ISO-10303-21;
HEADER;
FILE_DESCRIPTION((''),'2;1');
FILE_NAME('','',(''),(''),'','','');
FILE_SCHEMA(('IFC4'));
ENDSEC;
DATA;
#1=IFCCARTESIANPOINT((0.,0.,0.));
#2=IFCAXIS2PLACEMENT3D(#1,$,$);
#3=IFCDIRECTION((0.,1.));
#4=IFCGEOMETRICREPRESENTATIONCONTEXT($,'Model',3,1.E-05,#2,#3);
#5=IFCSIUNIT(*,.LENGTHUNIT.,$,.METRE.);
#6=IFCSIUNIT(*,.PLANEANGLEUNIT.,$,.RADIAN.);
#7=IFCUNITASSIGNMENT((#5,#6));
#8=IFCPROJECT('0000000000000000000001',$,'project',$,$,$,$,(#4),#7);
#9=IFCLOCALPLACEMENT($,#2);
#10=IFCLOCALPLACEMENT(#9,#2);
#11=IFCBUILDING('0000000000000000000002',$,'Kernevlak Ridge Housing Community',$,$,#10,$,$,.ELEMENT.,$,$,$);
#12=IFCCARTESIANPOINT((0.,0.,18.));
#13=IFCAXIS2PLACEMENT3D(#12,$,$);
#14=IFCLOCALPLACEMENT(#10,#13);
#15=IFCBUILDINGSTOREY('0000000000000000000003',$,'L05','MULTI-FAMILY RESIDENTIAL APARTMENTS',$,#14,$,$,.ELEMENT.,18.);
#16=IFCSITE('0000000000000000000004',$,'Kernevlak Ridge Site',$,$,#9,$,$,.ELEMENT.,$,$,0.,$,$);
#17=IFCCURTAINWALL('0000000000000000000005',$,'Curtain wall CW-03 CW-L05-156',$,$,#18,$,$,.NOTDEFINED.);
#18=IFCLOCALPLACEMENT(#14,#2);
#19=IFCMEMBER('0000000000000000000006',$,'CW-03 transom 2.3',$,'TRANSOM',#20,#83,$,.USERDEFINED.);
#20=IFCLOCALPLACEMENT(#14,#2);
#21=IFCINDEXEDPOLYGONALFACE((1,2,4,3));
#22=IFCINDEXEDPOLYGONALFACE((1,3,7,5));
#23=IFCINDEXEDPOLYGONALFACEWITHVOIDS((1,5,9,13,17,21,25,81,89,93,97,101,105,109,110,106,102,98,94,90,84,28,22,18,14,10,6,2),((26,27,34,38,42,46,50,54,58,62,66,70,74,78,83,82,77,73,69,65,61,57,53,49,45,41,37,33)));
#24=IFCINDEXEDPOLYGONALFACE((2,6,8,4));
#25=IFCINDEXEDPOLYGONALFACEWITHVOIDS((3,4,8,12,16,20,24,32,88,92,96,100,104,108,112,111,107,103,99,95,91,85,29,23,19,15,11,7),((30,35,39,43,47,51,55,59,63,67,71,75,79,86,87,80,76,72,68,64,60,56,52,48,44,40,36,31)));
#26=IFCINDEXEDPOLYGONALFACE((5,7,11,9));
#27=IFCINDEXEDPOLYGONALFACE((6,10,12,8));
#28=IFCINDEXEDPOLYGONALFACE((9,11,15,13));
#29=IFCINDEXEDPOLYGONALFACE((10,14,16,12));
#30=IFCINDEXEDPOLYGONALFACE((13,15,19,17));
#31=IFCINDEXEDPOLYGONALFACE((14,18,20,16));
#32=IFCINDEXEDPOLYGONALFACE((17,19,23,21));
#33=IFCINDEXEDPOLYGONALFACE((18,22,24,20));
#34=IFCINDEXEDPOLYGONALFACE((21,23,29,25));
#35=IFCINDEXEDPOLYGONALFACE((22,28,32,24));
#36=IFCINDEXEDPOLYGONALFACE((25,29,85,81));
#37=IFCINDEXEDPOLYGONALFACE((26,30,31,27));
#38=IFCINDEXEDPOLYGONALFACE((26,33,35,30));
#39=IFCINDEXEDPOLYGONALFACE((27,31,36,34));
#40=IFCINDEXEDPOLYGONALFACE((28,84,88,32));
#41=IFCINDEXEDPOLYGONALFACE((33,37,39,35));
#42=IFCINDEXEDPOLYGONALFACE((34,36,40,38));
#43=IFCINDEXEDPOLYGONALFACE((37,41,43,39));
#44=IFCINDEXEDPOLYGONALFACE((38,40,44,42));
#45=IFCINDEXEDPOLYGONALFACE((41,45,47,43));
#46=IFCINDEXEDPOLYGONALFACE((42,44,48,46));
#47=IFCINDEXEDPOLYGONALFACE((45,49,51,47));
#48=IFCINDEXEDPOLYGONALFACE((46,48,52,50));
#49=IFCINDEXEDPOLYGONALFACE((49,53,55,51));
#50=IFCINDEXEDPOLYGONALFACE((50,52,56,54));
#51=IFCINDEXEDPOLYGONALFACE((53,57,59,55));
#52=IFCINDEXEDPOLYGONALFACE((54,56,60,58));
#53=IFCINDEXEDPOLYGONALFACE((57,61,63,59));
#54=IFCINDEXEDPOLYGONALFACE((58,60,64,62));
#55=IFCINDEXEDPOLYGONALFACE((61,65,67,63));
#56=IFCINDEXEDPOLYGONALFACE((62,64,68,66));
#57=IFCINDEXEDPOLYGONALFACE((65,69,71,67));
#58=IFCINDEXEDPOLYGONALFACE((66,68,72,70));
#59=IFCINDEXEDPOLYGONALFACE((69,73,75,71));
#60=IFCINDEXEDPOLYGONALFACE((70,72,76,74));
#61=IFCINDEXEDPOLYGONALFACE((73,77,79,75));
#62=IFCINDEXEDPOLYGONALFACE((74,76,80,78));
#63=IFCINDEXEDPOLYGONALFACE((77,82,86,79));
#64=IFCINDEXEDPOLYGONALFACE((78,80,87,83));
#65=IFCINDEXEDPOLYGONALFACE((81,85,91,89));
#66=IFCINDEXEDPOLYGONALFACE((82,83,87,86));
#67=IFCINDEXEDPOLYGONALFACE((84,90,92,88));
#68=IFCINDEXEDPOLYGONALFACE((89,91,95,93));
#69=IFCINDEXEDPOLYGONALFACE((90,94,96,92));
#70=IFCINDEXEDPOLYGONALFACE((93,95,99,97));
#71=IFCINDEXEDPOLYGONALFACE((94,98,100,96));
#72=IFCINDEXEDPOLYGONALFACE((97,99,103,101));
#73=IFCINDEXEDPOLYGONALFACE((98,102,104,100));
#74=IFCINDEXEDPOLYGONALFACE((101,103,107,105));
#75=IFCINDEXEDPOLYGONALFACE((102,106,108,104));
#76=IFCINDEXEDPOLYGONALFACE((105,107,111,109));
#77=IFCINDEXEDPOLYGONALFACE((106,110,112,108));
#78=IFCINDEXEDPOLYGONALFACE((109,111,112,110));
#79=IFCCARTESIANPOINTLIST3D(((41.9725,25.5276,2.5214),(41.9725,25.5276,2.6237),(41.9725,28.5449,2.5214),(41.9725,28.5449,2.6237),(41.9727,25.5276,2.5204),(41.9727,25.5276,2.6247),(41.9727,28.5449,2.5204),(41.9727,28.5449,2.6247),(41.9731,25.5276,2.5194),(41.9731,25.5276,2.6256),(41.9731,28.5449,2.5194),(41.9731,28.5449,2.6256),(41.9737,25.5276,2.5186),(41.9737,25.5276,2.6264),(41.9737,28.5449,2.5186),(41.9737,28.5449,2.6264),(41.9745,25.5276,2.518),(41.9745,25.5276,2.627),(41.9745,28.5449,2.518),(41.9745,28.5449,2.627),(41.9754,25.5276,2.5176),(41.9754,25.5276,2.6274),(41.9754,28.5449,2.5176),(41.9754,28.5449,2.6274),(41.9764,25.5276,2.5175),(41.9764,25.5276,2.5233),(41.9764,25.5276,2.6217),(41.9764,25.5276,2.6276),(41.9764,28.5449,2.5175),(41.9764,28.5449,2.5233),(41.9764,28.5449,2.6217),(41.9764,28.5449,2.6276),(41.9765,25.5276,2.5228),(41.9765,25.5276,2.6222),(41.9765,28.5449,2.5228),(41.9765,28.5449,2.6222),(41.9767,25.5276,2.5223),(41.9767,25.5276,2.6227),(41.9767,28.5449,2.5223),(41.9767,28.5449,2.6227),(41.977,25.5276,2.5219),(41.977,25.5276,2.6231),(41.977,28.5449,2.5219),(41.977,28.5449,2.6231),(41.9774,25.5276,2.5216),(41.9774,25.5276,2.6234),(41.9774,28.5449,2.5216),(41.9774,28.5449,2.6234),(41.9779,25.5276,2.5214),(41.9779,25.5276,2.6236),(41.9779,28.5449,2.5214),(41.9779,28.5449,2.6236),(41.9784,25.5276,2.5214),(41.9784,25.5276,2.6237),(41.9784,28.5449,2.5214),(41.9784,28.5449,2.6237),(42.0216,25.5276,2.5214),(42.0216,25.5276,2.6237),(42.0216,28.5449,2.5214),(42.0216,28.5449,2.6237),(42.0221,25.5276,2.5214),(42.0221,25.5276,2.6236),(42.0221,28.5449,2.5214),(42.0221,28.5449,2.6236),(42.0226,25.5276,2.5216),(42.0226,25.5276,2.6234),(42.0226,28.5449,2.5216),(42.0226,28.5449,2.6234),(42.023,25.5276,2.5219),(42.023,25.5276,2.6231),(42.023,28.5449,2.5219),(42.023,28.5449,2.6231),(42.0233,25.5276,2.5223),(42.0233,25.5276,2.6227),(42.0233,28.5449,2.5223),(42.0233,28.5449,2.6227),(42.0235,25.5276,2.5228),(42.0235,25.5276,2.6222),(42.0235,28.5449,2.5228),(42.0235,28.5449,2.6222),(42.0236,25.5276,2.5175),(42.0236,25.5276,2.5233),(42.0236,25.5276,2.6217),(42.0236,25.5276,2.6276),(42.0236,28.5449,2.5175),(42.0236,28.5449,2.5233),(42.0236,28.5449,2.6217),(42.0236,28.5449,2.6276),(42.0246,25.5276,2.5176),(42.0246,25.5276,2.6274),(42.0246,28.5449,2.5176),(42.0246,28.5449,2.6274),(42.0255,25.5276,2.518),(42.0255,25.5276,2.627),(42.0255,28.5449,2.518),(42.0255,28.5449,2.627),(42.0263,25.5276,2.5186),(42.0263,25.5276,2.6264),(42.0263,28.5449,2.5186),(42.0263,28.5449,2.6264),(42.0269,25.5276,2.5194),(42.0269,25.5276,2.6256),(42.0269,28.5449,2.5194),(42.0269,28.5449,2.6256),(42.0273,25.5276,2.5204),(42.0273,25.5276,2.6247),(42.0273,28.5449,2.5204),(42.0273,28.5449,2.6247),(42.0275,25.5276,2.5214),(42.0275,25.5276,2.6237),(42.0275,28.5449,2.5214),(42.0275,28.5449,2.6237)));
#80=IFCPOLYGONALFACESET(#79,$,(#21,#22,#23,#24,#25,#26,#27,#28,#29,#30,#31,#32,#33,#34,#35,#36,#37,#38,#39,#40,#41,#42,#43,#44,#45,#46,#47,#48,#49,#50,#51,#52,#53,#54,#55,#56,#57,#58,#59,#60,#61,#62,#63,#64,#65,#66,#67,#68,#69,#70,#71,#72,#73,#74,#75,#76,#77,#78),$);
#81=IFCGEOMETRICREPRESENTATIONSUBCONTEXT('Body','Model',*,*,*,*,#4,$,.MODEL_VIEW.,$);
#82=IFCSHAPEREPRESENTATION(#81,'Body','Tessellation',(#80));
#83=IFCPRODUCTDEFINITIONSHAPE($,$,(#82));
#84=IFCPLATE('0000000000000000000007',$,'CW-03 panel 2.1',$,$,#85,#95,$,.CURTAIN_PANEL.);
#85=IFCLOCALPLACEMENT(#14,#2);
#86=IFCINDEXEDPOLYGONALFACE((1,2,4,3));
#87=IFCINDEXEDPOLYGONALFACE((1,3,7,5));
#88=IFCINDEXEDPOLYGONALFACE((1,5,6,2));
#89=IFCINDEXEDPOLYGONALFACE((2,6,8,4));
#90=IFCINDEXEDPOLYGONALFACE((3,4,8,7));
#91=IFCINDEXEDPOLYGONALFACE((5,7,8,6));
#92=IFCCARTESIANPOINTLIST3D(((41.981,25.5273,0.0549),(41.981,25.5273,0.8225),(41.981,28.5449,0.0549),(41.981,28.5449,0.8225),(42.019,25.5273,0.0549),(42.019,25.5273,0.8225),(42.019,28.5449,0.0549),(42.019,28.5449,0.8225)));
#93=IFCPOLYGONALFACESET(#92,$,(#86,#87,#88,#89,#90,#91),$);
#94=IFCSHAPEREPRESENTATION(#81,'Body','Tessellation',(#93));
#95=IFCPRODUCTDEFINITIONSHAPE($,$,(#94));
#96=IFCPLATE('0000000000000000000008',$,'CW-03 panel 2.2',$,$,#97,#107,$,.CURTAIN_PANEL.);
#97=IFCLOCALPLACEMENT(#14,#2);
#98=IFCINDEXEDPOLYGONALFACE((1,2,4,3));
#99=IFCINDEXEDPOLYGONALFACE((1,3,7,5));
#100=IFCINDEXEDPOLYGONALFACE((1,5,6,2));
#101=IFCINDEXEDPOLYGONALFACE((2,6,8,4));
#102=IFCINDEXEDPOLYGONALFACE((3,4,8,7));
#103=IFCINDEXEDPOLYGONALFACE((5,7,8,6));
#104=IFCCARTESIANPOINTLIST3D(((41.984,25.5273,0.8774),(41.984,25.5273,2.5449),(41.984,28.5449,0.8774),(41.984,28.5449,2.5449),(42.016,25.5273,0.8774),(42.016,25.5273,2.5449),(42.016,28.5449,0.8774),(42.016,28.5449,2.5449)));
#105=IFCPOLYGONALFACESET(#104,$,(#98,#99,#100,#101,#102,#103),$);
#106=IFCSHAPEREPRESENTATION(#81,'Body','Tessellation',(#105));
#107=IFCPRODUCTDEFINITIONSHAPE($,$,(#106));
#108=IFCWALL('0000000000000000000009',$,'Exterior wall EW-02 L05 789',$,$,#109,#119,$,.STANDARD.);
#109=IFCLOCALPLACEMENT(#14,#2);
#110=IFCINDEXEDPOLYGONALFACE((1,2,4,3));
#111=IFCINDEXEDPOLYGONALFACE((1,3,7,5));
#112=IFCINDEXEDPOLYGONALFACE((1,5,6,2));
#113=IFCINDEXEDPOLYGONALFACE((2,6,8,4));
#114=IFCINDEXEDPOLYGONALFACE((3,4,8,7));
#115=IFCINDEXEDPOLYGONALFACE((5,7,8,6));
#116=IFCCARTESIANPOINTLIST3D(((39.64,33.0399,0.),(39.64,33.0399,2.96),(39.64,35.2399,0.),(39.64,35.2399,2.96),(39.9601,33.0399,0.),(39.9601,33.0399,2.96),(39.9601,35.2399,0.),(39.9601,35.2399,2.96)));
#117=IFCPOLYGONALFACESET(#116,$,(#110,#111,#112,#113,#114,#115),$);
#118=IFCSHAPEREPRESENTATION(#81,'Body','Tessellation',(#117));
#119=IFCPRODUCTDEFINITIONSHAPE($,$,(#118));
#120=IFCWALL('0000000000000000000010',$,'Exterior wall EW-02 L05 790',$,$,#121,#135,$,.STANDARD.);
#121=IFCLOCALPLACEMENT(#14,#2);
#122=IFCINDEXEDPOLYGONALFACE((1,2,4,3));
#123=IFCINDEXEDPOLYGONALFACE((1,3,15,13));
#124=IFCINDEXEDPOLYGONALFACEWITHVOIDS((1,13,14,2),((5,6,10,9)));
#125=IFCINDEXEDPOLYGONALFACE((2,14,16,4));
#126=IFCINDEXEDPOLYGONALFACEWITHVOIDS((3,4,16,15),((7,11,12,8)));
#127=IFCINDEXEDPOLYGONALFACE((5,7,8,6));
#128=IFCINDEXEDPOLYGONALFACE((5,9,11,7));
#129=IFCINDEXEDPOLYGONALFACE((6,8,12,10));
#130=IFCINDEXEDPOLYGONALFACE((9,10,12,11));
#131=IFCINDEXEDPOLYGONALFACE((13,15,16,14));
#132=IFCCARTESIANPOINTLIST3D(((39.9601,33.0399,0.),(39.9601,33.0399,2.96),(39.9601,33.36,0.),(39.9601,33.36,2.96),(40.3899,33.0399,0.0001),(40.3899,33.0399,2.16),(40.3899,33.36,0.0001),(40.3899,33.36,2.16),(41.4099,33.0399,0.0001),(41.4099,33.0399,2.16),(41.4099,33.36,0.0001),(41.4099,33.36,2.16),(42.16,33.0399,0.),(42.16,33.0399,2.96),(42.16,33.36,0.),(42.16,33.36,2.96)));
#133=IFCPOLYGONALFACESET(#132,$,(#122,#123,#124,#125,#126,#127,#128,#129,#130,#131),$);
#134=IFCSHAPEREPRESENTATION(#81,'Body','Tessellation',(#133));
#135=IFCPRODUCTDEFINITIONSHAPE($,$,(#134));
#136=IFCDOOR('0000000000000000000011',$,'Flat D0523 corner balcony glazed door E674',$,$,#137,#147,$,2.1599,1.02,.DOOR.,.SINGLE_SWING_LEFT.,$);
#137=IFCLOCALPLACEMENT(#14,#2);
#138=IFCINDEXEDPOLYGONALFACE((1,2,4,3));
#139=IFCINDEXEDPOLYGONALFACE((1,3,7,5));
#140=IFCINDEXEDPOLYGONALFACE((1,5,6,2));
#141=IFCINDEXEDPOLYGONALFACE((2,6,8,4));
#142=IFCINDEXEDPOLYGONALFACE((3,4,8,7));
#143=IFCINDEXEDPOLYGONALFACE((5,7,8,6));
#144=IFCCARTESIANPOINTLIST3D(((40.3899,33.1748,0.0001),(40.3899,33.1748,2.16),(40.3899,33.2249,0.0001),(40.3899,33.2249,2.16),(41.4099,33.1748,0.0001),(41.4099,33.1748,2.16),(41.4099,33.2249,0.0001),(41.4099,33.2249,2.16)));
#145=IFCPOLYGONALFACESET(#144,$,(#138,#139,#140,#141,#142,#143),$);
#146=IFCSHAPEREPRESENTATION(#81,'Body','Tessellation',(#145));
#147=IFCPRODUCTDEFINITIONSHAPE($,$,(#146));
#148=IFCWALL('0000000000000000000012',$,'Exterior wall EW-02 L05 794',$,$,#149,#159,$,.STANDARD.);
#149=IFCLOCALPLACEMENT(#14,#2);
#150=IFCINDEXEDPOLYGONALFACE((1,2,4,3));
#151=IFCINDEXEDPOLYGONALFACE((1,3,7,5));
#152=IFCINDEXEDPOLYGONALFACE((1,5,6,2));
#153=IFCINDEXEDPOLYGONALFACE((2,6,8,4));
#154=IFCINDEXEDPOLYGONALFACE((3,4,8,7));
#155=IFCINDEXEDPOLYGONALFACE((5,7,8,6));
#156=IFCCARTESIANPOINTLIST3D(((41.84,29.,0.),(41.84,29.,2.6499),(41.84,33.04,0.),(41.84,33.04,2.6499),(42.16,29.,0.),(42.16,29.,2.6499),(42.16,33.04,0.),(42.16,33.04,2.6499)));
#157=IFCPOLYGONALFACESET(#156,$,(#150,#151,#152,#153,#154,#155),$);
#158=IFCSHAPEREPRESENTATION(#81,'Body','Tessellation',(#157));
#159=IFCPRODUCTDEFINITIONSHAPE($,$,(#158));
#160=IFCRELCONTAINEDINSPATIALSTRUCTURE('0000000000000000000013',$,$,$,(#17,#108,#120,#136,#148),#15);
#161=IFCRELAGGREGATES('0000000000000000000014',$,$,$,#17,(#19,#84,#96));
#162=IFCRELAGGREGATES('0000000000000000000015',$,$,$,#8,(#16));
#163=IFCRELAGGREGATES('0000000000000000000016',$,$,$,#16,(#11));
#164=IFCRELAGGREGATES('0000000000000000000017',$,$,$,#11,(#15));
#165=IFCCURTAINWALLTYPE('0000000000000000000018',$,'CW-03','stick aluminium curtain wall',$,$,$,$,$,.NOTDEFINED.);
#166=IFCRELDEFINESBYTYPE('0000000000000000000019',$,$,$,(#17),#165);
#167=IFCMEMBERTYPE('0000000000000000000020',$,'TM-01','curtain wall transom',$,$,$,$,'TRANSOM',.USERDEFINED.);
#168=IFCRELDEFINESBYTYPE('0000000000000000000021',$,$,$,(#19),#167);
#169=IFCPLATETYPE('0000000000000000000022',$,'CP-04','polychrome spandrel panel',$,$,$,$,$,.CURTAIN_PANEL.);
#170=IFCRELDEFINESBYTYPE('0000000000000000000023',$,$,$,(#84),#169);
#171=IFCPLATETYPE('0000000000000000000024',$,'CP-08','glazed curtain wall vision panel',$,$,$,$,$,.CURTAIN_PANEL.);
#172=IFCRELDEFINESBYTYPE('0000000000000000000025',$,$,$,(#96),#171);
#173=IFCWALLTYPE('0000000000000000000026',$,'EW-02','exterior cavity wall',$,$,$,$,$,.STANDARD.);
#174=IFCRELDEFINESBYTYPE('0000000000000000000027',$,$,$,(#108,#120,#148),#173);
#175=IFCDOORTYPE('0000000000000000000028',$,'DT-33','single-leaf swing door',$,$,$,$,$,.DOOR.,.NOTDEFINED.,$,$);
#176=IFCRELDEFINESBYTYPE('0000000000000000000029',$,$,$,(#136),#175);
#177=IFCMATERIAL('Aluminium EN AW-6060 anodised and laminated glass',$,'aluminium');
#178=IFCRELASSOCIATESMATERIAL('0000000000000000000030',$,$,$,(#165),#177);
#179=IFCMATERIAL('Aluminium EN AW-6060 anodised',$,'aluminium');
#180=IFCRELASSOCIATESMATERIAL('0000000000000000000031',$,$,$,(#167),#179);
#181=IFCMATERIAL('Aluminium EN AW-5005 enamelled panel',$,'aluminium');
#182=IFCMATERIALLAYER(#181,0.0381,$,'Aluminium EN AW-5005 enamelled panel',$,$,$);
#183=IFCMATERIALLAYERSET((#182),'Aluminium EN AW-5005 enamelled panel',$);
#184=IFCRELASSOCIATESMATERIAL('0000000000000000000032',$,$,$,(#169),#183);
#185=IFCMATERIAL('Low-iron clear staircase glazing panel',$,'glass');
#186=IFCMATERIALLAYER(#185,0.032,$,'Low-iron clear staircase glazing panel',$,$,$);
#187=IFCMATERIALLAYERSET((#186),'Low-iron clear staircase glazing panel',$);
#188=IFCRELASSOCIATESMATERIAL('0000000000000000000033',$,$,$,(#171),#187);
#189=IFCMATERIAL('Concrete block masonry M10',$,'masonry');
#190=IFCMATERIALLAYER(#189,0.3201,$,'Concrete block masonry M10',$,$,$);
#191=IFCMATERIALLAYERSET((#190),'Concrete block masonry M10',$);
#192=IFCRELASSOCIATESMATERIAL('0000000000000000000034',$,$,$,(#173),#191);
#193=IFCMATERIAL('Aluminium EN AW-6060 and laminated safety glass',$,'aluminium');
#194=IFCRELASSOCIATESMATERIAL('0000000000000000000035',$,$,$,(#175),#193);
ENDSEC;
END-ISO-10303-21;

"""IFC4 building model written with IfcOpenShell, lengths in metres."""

from ifc_helpers import new_model, si_unit, direction, frame, frame_2d, origin, origin_2d, place, context, subcontext, project, spatial, rectangle, hollow_rectangle, extrude, material, layer, layer_set, material_profile, profile_set, type_object, element, fill, aggregate, save


model = new_model("IFC4")

# Units and contexts
model_context = context("Model", 3, precision=1e-05, world=origin(), true_north=direction((0.0, 1.0)))
body_context = subcontext(model_context, "Body", "Model", "MODEL_VIEW")
ifc_project = project(units=[si_unit("LENGTHUNIT", "METRE"), si_unit("PLANEANGLEUNIT", "RADIAN")], contexts=[model_context])

# Site, building, storey
site_placement = place(None, origin())
site = spatial("IfcSite", under=ifc_project, at=site_placement, Name="Kernevlak Ridge Site", CompositionType="ELEMENT", RefElevation=0.0)
building_placement = place(site_placement, origin())
building = spatial("IfcBuilding", under=site, at=building_placement, Name="Kernevlak Ridge Housing Community", CompositionType="ELEMENT")
storey_placement = place(building_placement, frame((0.0, 0.0, 18.0)))
storey = spatial("IfcBuildingStorey", under=building, at=storey_placement, Name="L05", Description="MULTI-FAMILY RESIDENTIAL APARTMENTS", CompositionType="ELEMENT", Elevation=18.0)

# Curtain wall
ifc_material_1 = material(Name="Aluminium EN AW-6060 anodised and laminated glass", Category="aluminium")
curtain_wall_type = type_object("IfcCurtainWallType", Name="CW-03", Description="stick aluminium curtain wall", PredefinedType="NOTDEFINED", material=ifc_material_1)
curtain_wall_placement = place(storey_placement, origin())
curtain_wall = element("IfcCurtainWall", 1, at=curtain_wall_placement, inside=storey, type_object=curtain_wall_type, Name="Curtain wall CW-03 CW-L05-156", PredefinedType="NOTDEFINED")
ifc_material_2 = material(Name="Aluminium EN AW-6060 anodised", Category="aluminium")

# Member
ifc_material_profile_1 = material_profile(ifc_material_2, hollow_rectangle(XDim=0.0549, YDim=0.1101, WallThickness=0.0039, InnerFilletRadius=0.002, OuterFilletRadius=0.0039, at=origin_2d()), Name="ALU 55x110x4")
ifc_profile_set_1 = profile_set([ifc_material_profile_1], Name="Aluminium EN AW-6060 anodised")
member_type_1 = type_object("IfcMemberType", Name="TM-01", Description="curtain wall transom", ElementType="TRANSOM", PredefinedType="USERDEFINED", material=ifc_profile_set_1)
member_1_placement = place(storey_placement, frame((42.0, 25.5276, 2.5725), z_axis=(0.0, 1.0, 0.0), x_axis=(-1.0, 0.0, 0.0)))
member_1 = element("IfcMember", 2, at=member_1_placement, type_object=member_type_1, Name="CW-03 transom 2.3", ObjectType="TRANSOM", PredefinedType="USERDEFINED", context=body_context, shape_type="SweptSolid", body=[
    extrude(hollow_rectangle(XDim=0.0549, YDim=0.1101, WallThickness=0.0039, InnerFilletRadius=0.002, OuterFilletRadius=0.0039, at=origin_2d()), origin(), (0.0, 0.0, 1.0), 3.0173),
])

# Plates
ifc_material_3 = material(Name="Aluminium EN AW-5005 enamelled panel", Category="aluminium")
ifc_layer_1 = layer(ifc_material_3, 0.0381, Name="Aluminium EN AW-5005 enamelled panel")
ifc_layer_set_1 = layer_set([ifc_layer_1], Name="Aluminium EN AW-5005 enamelled panel")
plate_type_1 = type_object("IfcPlateType", Name="CP-04", Description="polychrome spandrel panel", PredefinedType="CURTAIN_PANEL", material=ifc_layer_set_1)
plate_1_placement = place(storey_placement, frame((42.0, 27.0361, 0.0549), z_axis=(0.0, 0.0, 1.0), x_axis=(0.0, 1.0, 0.0)))
plate_1 = element("IfcPlate", 3, at=plate_1_placement, type_object=plate_type_1, Name="CW-03 panel 2.1", PredefinedType="CURTAIN_PANEL", context=body_context, shape_type="SweptSolid", body=[
    extrude(rectangle(XDim=3.0176, YDim=0.0381, at=origin_2d()), origin(), (0.0, 0.0, 1.0), 0.7676),
])
ifc_material_4 = material(Name="Low-iron clear staircase glazing panel", Category="glass")
ifc_layer_2 = layer(ifc_material_4, 0.032, Name="Low-iron clear staircase glazing panel")
ifc_layer_set_2 = layer_set([ifc_layer_2], Name="Low-iron clear staircase glazing panel")
plate_type_2 = type_object("IfcPlateType", Name="CP-08", Description="glazed curtain wall vision panel", PredefinedType="CURTAIN_PANEL", material=ifc_layer_set_2)
plate_2_placement = place(storey_placement, frame((42.0, 27.0361, 0.8774), z_axis=(0.0, 0.0, 1.0), x_axis=(0.0, 1.0, 0.0)))
plate_2 = element("IfcPlate", 4, at=plate_2_placement, type_object=plate_type_2, Name="CW-03 panel 2.2", PredefinedType="CURTAIN_PANEL", context=body_context, shape_type="SweptSolid", body=[
    extrude(rectangle(XDim=3.0176, YDim=0.032, at=origin_2d()), origin(), (0.0, 0.0, 1.0), 1.6675),
])
aggregate(curtain_wall, [member_1, plate_1, plate_2])

# Wall
ifc_material_5 = material(Name="Concrete block masonry M10", Category="masonry")
ifc_layer_3 = layer(ifc_material_5, 0.3201, Name="Concrete block masonry M10")
ifc_layer_set_3 = layer_set([ifc_layer_3], Name="Concrete block masonry M10")
wall_type_1 = type_object("IfcWallType", Name="EW-02", Description="exterior cavity wall", PredefinedType="STANDARD", material=ifc_layer_set_3)
wall_1_placement = place(storey_placement, frame((39.8, 35.24, 0.0), z_axis=(0.0, 0.0, 1.0), x_axis=(0.0, -1.0, 0.0)))
element("IfcWall", 5, at=wall_1_placement, inside=storey, type_object=wall_type_1, Name="Exterior wall EW-02 L05 789", PredefinedType="STANDARD", context=body_context, shape_type="SweptSolid", body=[
    extrude(rectangle(XDim=2.2, YDim=0.3201, at=frame_2d((1.1001, 0.0))), origin(), (0.0, 0.0, 1.0), 2.96),
])

# Wall, opening, door
wall_2_placement = place(storey_placement, frame((39.96, 33.2, 0.0), z_axis=(0.0, 0.0, 1.0), x_axis=(1.0, 0.0, 0.0)))
wall_2 = element("IfcWall", 6, at=wall_2_placement, inside=storey, type_object=wall_type_1, Name="Exterior wall EW-02 L05 790", PredefinedType="STANDARD", context=body_context, shape_type="SweptSolid", body=[
    extrude(rectangle(XDim=2.2, YDim=0.3201, at=frame_2d((1.1001, 0.0))), origin(), (0.0, 0.0, 1.0), 2.96),
])
opening_1_placement = place(wall_2_placement, frame((0.4299, 0.0, 0.0)))
opening_1 = element("IfcOpeningElement", 7, at=opening_1_placement, cuts=wall_2, PredefinedType="OPENING", context=body_context, shape_type="SweptSolid", body=[
    extrude(rectangle(XDim=1.02, YDim=2.1599, at=frame_2d((0.51, 1.0801))), frame((0.0, 0.1699, 0.0), z_axis=(0.0, -1.0, 0.0), x_axis=(1.0, 0.0, 0.0)), (0.0, 0.0, 1.0), 0.3401),
])
ifc_material_6 = material(Name="Aluminium EN AW-6060 and laminated safety glass", Category="aluminium")
door_type_1 = type_object("IfcDoorType", Name="DT-33", Description="single-leaf swing door", OperationType="NOTDEFINED", PredefinedType="DOOR", material=ifc_material_6)
door_1_placement = place(opening_1_placement, origin())
door_1 = element("IfcDoor", 8, at=door_1_placement, inside=storey, type_object=door_type_1, Name="Flat D0523 corner balcony glazed door E674", OperationType="SINGLE_SWING_LEFT", OverallHeight=2.1599, OverallWidth=1.02, PredefinedType="DOOR", context=body_context, shape_type="SweptSolid", body=[
    extrude(rectangle(XDim=1.02, YDim=2.1599, at=frame_2d((0.51, 1.0801))), frame((0.0, 0.0249, 0.0), z_axis=(0.0, -1.0, 0.0), x_axis=(1.0, 0.0, 0.0)), (0.0, 0.0, 1.0), 0.05),
])
fill(opening_1, door_1)

# Wall
wall_3_placement = place(storey_placement, frame((42.0, 29.0, 0.0), z_axis=(0.0, 0.0, 1.0), x_axis=(0.0, 1.0, 0.0)))
element("IfcWall", 9, at=wall_3_placement, inside=storey, type_object=wall_type_1, Name="Exterior wall EW-02 L05 794", PredefinedType="STANDARD", context=body_context, shape_type="SweptSolid", body=[
    extrude(rectangle(XDim=4.04, YDim=0.3201, at=frame_2d((2.02, 0.0))), origin(), (0.0, 0.0, 1.0), 2.6499),
])

save(model, "model.ifc")
